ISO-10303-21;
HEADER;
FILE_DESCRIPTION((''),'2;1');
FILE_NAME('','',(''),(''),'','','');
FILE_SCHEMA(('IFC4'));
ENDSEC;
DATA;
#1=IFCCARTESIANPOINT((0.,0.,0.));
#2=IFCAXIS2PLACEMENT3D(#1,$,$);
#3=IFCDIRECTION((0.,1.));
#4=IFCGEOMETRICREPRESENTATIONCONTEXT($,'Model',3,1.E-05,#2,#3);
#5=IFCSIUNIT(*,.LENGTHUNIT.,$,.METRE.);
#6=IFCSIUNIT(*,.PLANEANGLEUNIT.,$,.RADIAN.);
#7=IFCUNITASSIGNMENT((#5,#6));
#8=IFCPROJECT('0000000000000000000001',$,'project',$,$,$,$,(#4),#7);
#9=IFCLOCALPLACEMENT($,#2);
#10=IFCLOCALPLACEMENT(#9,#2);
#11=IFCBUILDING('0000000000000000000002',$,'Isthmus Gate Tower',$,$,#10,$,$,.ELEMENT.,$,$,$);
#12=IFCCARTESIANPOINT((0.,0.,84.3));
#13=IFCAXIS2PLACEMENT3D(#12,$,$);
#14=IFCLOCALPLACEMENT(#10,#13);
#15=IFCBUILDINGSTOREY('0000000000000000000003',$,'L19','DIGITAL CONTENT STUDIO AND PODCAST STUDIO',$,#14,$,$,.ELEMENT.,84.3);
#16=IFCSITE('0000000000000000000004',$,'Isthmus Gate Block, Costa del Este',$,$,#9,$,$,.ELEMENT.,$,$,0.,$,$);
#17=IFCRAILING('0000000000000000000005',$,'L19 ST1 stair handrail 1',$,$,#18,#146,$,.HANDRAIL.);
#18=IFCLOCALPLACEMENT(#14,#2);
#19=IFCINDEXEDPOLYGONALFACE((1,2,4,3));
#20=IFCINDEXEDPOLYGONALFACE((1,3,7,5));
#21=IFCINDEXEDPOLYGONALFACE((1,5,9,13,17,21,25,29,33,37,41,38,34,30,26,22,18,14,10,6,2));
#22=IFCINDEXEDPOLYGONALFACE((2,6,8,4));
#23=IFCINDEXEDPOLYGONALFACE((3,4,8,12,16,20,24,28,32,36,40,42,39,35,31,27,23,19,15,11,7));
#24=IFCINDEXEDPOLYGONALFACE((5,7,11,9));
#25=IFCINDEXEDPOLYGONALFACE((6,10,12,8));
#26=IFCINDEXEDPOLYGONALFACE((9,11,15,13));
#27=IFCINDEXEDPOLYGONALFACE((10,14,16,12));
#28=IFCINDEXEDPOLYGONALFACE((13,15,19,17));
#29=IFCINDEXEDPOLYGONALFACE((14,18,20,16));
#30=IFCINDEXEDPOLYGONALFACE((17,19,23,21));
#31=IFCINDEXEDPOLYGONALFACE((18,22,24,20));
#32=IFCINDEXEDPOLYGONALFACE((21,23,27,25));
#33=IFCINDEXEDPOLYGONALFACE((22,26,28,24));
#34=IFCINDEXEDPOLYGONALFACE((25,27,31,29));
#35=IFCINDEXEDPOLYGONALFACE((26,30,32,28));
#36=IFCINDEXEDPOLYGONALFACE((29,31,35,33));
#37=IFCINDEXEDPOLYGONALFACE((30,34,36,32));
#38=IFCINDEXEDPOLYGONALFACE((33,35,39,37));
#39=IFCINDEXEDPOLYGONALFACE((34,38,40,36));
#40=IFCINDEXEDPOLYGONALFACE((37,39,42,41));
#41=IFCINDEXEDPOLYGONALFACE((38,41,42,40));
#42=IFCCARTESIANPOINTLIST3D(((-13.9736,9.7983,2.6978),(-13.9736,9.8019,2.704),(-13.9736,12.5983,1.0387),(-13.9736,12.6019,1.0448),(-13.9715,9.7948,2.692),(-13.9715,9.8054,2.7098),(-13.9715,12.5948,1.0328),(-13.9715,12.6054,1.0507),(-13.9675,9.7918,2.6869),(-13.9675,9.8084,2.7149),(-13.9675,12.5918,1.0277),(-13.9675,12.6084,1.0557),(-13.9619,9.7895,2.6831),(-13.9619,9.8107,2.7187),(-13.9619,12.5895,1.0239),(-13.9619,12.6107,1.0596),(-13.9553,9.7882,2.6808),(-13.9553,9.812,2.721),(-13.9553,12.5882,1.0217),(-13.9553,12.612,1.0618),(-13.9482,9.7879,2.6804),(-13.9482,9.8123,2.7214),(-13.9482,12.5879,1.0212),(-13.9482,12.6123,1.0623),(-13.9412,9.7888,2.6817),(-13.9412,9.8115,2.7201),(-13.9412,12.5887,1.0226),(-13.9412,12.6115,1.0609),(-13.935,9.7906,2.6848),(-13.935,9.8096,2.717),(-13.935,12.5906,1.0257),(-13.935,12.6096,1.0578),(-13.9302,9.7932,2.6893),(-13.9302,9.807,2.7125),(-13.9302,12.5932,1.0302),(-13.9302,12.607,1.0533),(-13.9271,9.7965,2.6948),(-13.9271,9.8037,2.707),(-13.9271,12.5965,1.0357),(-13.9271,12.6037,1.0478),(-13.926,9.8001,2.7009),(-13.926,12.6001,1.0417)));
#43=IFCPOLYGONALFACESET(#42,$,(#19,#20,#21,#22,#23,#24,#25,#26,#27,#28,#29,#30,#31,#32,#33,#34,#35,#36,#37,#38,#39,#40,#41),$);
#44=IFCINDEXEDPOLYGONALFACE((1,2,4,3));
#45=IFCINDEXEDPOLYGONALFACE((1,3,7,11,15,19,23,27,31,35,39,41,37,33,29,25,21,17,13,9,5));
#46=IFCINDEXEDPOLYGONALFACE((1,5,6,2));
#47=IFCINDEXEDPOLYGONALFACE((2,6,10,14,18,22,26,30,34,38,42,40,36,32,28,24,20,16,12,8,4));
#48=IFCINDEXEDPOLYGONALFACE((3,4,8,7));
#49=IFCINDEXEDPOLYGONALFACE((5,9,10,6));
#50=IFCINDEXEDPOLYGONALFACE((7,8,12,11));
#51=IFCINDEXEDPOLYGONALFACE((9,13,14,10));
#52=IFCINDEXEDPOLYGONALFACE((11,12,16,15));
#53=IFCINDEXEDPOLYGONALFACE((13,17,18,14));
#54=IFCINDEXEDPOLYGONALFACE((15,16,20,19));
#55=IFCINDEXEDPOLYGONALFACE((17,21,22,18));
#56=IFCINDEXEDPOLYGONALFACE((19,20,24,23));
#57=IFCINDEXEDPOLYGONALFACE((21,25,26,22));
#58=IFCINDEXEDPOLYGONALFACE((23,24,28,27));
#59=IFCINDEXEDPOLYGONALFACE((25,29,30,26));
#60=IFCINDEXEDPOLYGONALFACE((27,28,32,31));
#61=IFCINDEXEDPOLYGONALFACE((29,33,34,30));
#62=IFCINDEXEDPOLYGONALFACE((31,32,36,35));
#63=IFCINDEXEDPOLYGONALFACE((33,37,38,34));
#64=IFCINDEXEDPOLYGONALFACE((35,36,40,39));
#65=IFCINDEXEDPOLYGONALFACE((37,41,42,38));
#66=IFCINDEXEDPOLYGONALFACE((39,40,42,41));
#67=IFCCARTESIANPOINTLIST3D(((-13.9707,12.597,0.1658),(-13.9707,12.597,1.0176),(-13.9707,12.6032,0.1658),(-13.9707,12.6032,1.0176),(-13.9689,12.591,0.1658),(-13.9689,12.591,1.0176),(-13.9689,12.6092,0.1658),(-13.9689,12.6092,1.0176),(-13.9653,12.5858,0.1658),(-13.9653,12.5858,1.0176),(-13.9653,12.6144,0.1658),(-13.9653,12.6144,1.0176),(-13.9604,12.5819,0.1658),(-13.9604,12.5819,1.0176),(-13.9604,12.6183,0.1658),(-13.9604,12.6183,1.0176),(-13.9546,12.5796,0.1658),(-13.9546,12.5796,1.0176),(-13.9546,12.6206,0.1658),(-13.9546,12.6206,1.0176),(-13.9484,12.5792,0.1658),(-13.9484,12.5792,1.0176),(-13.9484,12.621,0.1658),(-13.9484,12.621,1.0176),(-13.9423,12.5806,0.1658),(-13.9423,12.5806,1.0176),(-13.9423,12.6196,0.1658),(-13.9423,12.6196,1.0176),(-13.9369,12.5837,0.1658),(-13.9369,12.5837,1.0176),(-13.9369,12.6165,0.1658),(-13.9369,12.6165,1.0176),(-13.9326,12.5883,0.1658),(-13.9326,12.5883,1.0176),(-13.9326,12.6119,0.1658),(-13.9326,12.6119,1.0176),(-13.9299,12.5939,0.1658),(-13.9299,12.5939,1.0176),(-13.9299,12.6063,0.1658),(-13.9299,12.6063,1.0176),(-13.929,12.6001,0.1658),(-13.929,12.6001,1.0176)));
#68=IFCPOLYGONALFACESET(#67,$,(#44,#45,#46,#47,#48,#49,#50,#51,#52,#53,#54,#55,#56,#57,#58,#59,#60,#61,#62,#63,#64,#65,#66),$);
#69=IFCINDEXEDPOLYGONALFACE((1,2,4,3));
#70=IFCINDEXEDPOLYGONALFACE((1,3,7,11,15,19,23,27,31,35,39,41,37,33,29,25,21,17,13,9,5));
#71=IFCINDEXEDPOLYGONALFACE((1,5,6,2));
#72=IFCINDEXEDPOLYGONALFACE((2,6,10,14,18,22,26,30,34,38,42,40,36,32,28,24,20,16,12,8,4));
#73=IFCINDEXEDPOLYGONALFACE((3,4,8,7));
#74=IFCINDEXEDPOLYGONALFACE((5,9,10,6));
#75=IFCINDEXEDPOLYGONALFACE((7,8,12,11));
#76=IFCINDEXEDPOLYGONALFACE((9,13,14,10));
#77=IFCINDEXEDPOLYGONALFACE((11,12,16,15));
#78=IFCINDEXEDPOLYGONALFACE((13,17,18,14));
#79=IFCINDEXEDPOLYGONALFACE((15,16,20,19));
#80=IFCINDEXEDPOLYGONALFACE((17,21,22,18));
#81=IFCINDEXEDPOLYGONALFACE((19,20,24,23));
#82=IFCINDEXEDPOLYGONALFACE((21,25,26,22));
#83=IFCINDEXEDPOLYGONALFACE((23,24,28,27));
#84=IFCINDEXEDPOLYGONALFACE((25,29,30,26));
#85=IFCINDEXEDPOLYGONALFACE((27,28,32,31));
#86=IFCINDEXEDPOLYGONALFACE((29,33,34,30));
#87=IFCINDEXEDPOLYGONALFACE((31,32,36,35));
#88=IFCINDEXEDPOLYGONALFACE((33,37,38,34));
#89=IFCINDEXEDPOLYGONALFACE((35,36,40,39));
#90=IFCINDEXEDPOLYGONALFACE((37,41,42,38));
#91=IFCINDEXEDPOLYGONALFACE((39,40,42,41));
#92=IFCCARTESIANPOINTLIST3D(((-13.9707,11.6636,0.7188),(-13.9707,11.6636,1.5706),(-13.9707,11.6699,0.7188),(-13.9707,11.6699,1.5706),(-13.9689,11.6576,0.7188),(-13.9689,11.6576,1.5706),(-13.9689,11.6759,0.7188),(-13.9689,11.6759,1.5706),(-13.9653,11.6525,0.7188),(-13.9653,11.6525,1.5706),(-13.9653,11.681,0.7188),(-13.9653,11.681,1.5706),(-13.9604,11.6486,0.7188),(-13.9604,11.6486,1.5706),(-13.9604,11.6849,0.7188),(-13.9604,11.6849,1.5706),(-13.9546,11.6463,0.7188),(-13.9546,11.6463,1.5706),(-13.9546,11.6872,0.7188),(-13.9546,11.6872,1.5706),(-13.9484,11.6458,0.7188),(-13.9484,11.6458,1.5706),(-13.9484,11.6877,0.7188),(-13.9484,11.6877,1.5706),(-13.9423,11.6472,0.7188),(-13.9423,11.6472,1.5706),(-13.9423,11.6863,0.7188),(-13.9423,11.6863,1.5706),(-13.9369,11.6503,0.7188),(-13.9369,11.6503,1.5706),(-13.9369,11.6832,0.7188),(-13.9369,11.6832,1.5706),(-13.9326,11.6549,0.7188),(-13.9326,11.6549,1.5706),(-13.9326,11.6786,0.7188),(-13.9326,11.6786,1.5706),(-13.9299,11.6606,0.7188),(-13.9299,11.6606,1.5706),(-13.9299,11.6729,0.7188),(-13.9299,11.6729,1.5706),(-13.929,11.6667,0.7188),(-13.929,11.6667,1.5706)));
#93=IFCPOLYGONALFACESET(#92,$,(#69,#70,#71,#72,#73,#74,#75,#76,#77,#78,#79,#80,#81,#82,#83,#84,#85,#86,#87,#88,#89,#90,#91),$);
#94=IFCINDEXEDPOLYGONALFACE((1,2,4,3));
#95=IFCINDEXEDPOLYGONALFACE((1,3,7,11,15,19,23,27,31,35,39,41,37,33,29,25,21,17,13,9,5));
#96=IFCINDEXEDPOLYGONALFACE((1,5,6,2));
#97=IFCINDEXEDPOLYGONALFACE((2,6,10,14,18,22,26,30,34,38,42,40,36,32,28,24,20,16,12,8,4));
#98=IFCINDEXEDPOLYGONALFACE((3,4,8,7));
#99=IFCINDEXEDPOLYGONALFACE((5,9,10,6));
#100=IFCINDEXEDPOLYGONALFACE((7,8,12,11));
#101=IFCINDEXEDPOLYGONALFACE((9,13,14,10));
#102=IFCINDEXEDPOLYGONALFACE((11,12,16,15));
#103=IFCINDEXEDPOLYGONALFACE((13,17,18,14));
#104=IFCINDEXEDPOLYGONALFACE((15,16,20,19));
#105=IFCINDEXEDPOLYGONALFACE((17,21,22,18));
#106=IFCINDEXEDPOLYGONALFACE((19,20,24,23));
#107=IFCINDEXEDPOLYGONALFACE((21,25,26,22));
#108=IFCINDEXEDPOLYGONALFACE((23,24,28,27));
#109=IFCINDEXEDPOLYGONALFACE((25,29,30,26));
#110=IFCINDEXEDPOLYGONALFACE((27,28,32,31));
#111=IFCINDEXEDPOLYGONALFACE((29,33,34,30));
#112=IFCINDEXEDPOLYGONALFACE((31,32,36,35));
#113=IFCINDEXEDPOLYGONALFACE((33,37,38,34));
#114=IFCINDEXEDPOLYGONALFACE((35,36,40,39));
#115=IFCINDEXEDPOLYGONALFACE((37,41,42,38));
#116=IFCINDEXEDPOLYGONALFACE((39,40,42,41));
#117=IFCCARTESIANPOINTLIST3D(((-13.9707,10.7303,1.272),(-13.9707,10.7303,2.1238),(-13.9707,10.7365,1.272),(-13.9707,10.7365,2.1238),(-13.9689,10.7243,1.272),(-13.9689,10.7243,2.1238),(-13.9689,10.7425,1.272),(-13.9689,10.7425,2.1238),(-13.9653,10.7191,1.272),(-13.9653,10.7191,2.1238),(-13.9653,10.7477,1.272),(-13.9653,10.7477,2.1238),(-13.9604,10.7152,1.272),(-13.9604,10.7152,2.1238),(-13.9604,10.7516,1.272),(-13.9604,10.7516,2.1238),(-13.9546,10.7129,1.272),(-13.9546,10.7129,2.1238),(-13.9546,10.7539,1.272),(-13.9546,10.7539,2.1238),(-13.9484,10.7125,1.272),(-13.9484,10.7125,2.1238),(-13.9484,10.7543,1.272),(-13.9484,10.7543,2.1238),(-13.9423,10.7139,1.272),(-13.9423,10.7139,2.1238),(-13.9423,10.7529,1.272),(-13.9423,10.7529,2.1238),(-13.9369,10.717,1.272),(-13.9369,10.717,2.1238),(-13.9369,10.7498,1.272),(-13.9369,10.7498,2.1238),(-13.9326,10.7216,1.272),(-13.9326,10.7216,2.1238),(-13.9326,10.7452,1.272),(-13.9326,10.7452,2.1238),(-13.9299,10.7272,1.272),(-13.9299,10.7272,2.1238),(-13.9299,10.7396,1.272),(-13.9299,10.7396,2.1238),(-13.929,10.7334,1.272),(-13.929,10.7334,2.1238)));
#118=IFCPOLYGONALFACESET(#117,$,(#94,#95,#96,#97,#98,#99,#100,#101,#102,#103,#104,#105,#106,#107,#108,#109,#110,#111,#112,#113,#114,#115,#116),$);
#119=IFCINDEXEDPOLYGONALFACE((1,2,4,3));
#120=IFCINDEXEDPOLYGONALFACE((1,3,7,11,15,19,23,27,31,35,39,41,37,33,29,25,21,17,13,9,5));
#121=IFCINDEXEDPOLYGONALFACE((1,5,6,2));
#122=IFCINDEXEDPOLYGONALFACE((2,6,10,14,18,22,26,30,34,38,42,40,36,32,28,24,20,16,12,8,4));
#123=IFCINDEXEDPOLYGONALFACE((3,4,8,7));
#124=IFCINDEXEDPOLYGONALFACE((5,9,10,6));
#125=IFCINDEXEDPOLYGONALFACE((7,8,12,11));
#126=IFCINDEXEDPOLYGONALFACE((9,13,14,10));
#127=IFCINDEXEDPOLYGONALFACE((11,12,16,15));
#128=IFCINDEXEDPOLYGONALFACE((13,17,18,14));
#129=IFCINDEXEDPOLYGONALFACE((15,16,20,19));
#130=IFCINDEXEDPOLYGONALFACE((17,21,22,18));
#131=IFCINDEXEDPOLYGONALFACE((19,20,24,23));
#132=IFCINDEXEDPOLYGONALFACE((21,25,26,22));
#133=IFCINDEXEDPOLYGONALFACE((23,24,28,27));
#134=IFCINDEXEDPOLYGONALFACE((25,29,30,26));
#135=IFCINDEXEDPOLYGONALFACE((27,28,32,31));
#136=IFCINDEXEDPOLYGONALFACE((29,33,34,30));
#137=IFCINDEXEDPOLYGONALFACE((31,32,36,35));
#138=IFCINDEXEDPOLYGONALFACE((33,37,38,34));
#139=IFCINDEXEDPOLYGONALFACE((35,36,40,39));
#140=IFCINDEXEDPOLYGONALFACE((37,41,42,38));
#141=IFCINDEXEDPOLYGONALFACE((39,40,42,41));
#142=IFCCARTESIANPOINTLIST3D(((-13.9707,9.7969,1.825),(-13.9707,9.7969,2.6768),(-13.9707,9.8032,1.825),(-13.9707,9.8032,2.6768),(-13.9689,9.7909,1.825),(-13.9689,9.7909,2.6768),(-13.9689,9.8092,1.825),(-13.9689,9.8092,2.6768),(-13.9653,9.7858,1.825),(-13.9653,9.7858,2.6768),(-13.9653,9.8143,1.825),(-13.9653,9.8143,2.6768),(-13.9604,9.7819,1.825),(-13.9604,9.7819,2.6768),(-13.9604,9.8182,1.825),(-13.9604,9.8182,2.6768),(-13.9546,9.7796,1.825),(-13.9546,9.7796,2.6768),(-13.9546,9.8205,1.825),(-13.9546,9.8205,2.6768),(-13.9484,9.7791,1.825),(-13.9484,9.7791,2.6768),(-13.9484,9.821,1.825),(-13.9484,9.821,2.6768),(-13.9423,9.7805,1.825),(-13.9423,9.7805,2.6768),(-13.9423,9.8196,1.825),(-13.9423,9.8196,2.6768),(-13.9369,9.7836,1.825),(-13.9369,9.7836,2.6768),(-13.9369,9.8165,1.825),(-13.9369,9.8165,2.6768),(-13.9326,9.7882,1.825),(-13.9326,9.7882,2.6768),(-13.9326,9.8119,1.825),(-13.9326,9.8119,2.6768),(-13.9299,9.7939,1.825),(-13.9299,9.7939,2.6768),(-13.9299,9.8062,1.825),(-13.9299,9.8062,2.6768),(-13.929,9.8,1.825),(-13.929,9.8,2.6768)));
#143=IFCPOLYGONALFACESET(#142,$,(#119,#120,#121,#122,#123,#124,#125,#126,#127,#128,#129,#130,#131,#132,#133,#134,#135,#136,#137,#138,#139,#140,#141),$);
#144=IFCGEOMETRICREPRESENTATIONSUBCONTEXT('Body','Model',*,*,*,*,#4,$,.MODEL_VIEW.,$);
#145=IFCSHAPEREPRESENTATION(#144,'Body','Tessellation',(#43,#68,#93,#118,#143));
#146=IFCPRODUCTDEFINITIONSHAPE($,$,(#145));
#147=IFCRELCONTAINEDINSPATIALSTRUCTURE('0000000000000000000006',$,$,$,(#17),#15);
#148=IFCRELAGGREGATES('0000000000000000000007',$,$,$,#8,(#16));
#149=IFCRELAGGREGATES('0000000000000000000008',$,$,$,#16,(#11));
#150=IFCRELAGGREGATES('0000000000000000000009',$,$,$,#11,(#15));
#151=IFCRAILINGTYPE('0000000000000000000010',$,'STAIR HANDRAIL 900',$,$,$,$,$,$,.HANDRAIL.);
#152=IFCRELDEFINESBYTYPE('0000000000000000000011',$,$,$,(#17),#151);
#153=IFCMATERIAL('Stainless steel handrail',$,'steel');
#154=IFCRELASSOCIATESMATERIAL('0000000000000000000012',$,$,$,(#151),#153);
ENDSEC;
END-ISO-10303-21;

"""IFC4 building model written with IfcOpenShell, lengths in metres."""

from ifc_helpers import new_model, si_unit, direction, frame, origin, origin_2d, place, context, subcontext, project, spatial, circle, extrude, material, type_object, element, save


model = new_model("IFC4")

# Units and contexts
model_context = context("Model", 3, precision=1e-05, world=origin(), true_north=direction((0.0, 1.0)))
body_context = subcontext(model_context, "Body", "Model", "MODEL_VIEW")
ifc_project = project(units=[si_unit("LENGTHUNIT", "METRE"), si_unit("PLANEANGLEUNIT", "RADIAN")], contexts=[model_context])

# Site, building, storey
site_placement = place(None, origin())
site = spatial("IfcSite", under=ifc_project, at=site_placement, Name="Isthmus Gate Block, Costa del Este", CompositionType="ELEMENT", RefElevation=0.0)
building_placement = place(site_placement, origin())
building = spatial("IfcBuilding", under=site, at=building_placement, Name="Isthmus Gate Tower", CompositionType="ELEMENT")
storey_placement = place(building_placement, frame((0.0, 0.0, 84.3)))
storey = spatial("IfcBuildingStorey", under=building, at=storey_placement, Name="L19", Description="DIGITAL CONTENT STUDIO AND PODCAST STUDIO", CompositionType="ELEMENT", Elevation=84.3)

# Railing
ifc_material_1 = material(Name="Stainless steel handrail", Category="steel")
railing_type_1 = type_object("IfcRailingType", Name="STAIR HANDRAIL 900", PredefinedType="HANDRAIL", material=ifc_material_1)
railing_1_placement = place(storey_placement, frame((-13.95, 12.6001, 0.1658)))
element("IfcRailing", 1, at=railing_1_placement, inside=storey, type_object=railing_type_1, Name="L19 ST1 stair handrail 1", PredefinedType="HANDRAIL", context=body_context, shape_type="SweptSolid", body=[
    extrude(circle(Radius=0.0239, at=origin_2d()), frame((0.0, 0.0, 0.876), z_axis=(0.0, -0.860306, 0.509778), x_axis=(1.0, 0.0, 0.0)), (0.0, 0.0, 1.0), 3.2546),
    extrude(circle(Radius=0.021, at=origin_2d()), origin(), (0.0, 0.0, 1.0), 0.8518),
    extrude(circle(Radius=0.021, at=origin_2d()), frame((0.0, -0.9333, 0.553)), (0.0, 0.0, 1.0), 0.8518),
    extrude(circle(Radius=0.021, at=origin_2d()), frame((0.0, -1.8667, 1.1062)), (0.0, 0.0, 1.0), 0.8518),
    extrude(circle(Radius=0.021, at=origin_2d()), frame((0.0, -2.8, 1.6592)), (0.0, 0.0, 1.0), 0.8518),
])

save(model, "model.ifc")
